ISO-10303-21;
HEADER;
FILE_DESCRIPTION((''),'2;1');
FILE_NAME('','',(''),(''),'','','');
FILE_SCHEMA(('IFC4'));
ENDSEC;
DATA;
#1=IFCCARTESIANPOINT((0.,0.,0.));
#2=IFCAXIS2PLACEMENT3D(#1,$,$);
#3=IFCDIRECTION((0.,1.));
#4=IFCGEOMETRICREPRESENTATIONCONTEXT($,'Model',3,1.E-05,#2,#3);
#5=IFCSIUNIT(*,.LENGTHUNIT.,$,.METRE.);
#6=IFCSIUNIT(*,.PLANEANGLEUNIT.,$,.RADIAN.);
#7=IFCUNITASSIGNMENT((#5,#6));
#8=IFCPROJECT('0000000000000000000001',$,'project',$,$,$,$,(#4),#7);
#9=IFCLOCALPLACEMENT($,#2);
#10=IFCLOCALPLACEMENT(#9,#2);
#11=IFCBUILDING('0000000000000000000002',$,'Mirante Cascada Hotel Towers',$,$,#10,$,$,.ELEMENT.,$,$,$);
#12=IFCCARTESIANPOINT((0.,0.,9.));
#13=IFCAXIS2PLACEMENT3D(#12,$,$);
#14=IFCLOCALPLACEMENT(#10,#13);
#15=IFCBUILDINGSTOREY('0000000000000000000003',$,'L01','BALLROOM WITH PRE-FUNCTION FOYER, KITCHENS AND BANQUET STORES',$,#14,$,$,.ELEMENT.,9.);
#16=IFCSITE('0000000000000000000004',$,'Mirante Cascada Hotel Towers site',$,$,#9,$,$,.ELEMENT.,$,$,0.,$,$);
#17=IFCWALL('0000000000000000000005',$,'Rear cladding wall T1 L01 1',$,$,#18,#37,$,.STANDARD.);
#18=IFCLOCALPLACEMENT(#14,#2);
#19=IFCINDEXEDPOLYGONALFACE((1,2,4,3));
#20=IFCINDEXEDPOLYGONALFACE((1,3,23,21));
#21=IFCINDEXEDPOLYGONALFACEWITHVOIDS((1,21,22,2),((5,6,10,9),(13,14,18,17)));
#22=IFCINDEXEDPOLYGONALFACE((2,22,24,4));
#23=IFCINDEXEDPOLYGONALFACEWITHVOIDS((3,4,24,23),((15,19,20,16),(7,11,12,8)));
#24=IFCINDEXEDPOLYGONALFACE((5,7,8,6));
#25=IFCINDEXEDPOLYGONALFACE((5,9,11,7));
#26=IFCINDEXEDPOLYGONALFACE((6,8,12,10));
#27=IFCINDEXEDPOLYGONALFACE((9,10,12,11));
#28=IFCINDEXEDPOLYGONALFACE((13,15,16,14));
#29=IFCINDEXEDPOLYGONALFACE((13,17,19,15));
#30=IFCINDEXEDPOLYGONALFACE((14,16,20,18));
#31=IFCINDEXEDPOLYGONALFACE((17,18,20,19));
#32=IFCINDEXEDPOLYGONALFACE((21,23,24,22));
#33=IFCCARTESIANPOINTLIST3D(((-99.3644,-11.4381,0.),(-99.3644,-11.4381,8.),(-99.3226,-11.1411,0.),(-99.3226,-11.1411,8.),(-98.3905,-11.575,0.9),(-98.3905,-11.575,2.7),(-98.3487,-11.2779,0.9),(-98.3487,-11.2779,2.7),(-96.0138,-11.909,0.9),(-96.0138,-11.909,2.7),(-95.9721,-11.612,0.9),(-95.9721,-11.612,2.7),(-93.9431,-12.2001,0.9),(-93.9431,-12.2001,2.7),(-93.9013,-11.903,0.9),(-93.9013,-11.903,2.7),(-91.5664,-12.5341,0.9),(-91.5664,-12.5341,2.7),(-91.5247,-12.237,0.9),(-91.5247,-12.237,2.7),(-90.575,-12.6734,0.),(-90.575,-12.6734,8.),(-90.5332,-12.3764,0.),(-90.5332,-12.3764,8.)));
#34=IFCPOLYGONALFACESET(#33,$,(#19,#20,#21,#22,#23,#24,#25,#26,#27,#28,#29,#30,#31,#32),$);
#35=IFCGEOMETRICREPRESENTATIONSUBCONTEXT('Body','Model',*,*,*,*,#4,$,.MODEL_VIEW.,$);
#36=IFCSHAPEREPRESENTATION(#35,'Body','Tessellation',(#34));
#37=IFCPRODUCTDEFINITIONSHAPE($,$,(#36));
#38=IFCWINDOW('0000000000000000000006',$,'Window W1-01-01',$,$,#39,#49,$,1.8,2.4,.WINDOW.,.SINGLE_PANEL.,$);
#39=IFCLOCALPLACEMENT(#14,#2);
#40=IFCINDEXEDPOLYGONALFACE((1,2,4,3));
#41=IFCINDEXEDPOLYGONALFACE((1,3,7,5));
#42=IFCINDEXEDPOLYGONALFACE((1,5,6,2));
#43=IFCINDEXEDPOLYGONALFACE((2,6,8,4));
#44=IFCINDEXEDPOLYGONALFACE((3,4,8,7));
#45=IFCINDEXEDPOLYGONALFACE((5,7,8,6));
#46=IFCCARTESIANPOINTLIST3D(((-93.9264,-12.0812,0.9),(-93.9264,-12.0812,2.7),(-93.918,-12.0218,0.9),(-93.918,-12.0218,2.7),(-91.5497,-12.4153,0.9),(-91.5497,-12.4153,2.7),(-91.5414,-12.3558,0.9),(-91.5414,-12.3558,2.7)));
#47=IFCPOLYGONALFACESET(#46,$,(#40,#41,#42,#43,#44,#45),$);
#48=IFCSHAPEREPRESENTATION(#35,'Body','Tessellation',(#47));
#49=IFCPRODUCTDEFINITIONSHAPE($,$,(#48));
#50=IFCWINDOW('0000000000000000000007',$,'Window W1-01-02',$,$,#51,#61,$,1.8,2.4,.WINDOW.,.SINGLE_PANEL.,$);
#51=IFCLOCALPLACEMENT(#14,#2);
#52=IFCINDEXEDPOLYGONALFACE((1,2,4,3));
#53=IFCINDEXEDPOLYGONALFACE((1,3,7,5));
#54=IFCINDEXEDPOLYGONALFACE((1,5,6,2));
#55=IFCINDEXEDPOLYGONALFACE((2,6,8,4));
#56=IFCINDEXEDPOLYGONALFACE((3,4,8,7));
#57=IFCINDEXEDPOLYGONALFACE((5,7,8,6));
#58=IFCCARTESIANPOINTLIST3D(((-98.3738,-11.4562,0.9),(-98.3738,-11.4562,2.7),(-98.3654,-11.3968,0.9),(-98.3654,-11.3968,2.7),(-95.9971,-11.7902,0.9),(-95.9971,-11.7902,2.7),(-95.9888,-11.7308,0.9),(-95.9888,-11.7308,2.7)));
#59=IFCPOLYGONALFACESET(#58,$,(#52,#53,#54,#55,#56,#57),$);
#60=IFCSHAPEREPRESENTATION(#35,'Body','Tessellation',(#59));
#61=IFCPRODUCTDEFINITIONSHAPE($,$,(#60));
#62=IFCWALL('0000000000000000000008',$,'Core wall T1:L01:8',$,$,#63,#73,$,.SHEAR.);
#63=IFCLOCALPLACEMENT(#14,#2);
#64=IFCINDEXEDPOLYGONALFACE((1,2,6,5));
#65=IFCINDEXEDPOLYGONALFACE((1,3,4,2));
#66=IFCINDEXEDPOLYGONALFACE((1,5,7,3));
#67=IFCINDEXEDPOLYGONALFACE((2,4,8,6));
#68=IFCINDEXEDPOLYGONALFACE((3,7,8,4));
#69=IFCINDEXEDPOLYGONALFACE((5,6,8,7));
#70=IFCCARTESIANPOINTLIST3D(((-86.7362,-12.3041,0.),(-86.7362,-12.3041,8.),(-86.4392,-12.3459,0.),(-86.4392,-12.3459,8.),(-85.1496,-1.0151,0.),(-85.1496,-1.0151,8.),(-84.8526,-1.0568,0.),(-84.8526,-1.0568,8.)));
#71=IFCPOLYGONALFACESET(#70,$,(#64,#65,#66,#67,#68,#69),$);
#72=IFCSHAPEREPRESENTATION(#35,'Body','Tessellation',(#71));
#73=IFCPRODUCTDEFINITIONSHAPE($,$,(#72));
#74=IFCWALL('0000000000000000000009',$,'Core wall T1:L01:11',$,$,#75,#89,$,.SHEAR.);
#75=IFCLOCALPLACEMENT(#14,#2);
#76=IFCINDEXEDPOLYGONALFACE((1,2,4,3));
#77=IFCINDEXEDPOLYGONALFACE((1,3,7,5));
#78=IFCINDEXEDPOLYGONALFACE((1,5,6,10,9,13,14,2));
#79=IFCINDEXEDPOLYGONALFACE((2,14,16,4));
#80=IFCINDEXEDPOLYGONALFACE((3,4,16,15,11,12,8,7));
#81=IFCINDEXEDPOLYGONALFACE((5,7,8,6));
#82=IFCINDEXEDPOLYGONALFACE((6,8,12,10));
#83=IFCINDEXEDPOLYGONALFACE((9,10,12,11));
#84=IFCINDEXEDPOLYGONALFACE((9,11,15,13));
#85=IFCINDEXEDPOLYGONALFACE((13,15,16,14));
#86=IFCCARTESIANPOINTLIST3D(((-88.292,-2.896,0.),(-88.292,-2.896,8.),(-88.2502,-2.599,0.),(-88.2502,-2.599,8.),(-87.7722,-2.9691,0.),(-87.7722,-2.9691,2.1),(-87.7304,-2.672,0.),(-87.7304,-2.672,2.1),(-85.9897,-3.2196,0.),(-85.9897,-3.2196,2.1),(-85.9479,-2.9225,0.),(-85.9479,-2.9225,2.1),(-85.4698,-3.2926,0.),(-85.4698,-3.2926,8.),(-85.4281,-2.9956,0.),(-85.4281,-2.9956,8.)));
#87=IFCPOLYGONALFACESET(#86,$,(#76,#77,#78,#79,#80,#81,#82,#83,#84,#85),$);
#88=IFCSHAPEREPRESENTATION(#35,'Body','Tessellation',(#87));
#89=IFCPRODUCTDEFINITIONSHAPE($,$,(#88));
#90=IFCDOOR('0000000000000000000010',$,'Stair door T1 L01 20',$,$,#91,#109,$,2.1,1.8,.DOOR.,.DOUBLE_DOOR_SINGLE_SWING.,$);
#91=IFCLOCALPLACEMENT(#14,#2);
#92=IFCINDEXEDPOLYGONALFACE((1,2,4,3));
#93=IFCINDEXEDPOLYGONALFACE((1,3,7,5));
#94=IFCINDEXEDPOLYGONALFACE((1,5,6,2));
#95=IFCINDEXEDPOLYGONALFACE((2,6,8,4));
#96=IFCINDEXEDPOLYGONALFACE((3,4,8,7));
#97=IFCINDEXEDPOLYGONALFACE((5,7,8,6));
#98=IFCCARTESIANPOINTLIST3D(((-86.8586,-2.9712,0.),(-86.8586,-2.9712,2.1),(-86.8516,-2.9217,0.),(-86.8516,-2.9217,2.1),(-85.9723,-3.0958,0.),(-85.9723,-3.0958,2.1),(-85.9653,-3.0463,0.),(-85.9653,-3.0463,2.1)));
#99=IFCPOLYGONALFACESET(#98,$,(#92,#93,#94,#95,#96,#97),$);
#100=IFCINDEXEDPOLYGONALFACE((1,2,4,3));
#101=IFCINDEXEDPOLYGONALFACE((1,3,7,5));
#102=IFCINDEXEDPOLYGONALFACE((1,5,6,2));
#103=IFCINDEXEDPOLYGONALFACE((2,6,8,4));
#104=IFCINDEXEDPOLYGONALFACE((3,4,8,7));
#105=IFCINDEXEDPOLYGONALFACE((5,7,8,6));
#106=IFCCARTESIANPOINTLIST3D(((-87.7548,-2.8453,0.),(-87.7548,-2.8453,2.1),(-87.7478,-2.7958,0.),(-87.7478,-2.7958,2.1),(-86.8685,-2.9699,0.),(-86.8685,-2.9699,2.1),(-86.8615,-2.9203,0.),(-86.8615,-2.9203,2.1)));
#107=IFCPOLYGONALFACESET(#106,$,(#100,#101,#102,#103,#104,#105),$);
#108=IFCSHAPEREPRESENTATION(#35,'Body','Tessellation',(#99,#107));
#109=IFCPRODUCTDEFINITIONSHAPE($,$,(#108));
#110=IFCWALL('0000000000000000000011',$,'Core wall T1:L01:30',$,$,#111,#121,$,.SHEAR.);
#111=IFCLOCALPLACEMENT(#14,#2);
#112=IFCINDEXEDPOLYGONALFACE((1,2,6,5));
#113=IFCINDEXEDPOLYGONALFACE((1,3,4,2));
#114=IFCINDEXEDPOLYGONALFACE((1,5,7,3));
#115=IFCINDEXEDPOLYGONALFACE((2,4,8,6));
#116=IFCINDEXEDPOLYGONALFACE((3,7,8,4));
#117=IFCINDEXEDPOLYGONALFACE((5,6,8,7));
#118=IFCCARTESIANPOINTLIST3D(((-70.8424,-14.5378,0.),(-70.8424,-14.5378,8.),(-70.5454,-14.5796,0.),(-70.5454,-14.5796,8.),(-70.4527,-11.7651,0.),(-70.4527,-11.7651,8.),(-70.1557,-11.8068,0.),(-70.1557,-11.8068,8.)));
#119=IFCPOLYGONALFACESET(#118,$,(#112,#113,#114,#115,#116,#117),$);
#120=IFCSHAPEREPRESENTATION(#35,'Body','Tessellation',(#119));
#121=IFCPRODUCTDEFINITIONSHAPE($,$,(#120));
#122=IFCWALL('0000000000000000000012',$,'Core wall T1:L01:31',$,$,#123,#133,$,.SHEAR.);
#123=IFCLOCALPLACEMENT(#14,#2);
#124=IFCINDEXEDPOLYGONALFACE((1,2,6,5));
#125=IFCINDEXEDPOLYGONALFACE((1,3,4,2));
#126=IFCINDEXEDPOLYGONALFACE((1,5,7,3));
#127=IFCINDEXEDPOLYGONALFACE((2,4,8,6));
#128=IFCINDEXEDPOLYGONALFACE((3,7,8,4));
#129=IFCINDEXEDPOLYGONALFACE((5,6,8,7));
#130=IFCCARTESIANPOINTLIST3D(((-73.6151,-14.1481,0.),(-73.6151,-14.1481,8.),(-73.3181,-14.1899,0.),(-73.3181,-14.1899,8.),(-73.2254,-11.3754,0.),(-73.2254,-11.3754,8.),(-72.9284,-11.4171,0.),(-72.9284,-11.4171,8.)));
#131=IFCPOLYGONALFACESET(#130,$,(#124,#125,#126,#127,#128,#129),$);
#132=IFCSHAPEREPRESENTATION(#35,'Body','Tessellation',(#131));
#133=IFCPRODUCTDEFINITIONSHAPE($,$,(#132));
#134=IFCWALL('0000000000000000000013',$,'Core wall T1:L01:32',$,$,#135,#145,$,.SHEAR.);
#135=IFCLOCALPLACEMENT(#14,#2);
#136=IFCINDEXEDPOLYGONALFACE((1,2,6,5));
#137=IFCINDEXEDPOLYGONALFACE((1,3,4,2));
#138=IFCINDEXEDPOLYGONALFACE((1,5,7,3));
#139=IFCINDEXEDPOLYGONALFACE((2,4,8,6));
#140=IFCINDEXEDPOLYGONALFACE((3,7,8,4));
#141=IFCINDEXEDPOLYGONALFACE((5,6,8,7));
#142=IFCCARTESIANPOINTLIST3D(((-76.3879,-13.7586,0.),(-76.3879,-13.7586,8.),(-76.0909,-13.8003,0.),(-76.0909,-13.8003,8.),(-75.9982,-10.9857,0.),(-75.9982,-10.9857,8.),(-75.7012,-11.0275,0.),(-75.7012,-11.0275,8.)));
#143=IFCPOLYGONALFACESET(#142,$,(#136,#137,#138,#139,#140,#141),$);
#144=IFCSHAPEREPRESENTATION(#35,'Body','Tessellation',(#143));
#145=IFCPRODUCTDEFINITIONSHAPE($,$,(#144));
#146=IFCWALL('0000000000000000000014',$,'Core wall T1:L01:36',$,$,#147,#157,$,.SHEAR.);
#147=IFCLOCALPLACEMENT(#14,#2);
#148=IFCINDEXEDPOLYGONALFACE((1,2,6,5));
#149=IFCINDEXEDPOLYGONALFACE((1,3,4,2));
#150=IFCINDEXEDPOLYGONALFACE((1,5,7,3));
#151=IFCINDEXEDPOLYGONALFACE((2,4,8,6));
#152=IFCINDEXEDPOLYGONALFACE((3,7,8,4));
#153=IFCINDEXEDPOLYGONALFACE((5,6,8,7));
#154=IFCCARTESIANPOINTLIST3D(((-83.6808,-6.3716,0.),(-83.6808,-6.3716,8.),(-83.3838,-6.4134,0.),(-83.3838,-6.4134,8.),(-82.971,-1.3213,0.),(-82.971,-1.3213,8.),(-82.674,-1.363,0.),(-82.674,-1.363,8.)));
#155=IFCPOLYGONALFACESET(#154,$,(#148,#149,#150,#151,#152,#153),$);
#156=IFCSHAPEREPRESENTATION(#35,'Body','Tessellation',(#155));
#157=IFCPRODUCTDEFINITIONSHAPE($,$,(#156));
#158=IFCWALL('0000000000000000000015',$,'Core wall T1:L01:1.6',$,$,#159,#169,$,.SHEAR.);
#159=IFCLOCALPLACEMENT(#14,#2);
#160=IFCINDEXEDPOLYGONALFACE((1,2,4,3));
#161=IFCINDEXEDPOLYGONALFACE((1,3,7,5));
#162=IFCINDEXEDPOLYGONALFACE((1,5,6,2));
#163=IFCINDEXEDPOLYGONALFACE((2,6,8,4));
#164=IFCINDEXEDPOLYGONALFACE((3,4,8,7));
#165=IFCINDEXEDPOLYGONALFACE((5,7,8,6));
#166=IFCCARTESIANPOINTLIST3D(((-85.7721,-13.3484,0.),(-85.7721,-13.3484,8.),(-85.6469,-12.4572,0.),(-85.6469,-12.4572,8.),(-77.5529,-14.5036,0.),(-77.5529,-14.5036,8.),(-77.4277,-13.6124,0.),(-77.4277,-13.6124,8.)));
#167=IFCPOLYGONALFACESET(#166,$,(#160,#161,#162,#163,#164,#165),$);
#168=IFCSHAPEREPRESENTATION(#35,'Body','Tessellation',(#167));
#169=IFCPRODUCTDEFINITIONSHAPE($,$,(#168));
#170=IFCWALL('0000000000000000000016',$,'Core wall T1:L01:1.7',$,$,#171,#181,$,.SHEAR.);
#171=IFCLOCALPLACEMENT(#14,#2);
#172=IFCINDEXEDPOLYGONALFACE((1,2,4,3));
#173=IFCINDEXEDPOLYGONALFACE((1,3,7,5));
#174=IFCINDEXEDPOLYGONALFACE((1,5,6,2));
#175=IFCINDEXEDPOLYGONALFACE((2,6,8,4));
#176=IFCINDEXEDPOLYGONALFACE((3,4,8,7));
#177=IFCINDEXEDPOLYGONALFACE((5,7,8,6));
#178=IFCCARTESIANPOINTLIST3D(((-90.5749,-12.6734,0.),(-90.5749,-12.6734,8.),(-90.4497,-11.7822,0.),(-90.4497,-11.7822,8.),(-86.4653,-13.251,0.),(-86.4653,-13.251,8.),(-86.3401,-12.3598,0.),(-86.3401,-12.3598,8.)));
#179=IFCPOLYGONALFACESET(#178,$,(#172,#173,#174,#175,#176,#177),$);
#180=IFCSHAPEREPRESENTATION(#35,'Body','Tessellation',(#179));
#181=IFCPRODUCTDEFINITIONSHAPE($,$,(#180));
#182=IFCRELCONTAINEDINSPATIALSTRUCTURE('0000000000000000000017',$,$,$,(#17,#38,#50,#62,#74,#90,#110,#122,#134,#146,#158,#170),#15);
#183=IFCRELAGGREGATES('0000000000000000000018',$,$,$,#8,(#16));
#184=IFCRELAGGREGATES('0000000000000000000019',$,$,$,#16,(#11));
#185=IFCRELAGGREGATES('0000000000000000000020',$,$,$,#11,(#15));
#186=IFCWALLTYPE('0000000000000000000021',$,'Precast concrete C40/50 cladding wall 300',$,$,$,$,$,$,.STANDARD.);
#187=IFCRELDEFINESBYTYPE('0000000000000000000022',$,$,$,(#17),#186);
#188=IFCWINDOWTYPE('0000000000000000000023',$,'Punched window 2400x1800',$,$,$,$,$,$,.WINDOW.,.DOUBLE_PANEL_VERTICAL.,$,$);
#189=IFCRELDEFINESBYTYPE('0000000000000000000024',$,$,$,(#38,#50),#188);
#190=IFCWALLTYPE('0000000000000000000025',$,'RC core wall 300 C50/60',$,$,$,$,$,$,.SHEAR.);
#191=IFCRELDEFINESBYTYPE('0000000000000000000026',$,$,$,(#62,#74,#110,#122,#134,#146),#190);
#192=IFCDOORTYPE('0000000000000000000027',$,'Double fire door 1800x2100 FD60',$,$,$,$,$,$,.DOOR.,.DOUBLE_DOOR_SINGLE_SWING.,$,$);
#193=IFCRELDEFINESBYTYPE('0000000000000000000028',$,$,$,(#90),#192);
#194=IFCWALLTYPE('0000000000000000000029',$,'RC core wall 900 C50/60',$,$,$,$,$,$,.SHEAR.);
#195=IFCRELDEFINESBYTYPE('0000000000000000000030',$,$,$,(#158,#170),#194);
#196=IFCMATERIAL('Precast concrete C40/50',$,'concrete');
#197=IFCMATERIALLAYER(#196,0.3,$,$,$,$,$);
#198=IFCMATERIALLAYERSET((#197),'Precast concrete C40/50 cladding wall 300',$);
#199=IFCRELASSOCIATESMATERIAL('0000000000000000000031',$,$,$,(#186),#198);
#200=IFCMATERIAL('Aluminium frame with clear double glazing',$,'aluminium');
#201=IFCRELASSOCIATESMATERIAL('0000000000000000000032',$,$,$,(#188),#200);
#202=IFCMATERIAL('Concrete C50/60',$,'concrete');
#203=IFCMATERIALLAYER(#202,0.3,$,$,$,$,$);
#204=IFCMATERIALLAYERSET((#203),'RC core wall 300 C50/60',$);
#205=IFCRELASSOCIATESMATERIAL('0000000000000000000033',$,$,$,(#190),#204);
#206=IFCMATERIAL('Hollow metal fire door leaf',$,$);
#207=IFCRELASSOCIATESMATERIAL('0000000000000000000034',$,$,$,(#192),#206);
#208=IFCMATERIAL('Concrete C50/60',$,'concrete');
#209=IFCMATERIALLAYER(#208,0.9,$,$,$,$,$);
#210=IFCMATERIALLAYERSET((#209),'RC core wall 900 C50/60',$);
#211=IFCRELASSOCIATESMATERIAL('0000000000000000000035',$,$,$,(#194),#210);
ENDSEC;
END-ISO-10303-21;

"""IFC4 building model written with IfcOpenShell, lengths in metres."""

from ifc_helpers import new_model, si_unit, direction, frame, frame_2d, origin, place, context, subcontext, project, spatial, rectangle, extrude, material, layer, layer_set, type_object, element, fill, save


model = new_model("IFC4")

# Units and contexts
model_context = context("Model", 3, precision=1e-05, world=origin(), true_north=direction((0.0, 1.0)))
body_context = subcontext(model_context, "Body", "Model", "MODEL_VIEW")
ifc_project = project(units=[si_unit("LENGTHUNIT", "METRE"), si_unit("PLANEANGLEUNIT", "RADIAN")], contexts=[model_context])

# Site, building, storey
site_placement = place(None, origin())
site = spatial("IfcSite", under=ifc_project, at=site_placement, Name="Mirante Cascada Hotel Towers site", CompositionType="ELEMENT", RefElevation=0.0)
building_placement = place(site_placement, origin())
building = spatial("IfcBuilding", under=site, at=building_placement, Name="Mirante Cascada Hotel Towers", CompositionType="ELEMENT")
storey_placement = place(building_placement, frame((0.0, 0.0, 9.0)))
storey = spatial("IfcBuildingStorey", under=building, at=storey_placement, Name="L01", Description="BALLROOM WITH PRE-FUNCTION FOYER, KITCHENS AND BANQUET STORES", CompositionType="ELEMENT", Elevation=9.0)

# Wall, openings, windows
ifc_material_1 = material(Name="Precast concrete C40/50", Category="concrete")
ifc_layer_1 = layer(ifc_material_1, 0.3)
ifc_layer_set_1 = layer_set([ifc_layer_1], Name="Precast concrete C40/50 cladding wall 300")
wall_type_1 = type_object("IfcWallType", Name="Precast concrete C40/50 cladding wall 300", PredefinedType="STANDARD", material=ifc_layer_set_1)
wall_1_placement = place(storey_placement, frame((-90.5541, -12.5249, 0.0), z_axis=(0.0, 0.0, 1.0), x_axis=(-0.990268, 0.139177, 0.0)))
wall_1 = element("IfcWall", 1, at=wall_1_placement, inside=storey, type_object=wall_type_1, Name="Rear cladding wall T1 L01 1", PredefinedType="STANDARD", context=body_context, shape_type="SweptSolid", body=[
    extrude(rectangle(XDim=8.8758, YDim=0.3, at=frame_2d((4.4379, 0.0))), origin(), (0.0, 0.0, 1.0), 8.0),
])
opening_1_placement = place(wall_1_placement, frame((1.0012, 0.0, 0.9)))
opening_1 = element("IfcOpeningElement", 2, at=opening_1_placement, cuts=wall_1, PredefinedType="OPENING", context=body_context, shape_type="SweptSolid", body=[
    extrude(rectangle(XDim=2.4, YDim=1.8, at=frame_2d((1.2, 0.9))), frame((0.0, 0.15, 0.0), z_axis=(0.0, -1.0, 0.0), x_axis=(1.0, 0.0, 0.0)), (0.0, 0.0, 1.0), 0.3),
])
opening_2_placement = place(wall_1_placement, frame((5.4923, 0.0, 0.9)))
opening_2 = element("IfcOpeningElement", 3, at=opening_2_placement, cuts=wall_1, PredefinedType="OPENING", context=body_context, shape_type="SweptSolid", body=[
    extrude(rectangle(XDim=2.4, YDim=1.8, at=frame_2d((1.2, 0.9))), frame((0.0, 0.15, 0.0), z_axis=(0.0, -1.0, 0.0), x_axis=(1.0, 0.0, 0.0)), (0.0, 0.0, 1.0), 0.3),
])
ifc_material_2 = material(Name="Aluminium frame with clear double glazing", Category="aluminium")
window_type = type_object("IfcWindowType", Name="Punched window 2400x1800", PartitioningType="DOUBLE_PANEL_VERTICAL", PredefinedType="WINDOW", material=ifc_material_2)
window_1_placement = place(opening_1_placement, origin())
window_1 = element("IfcWindow", 4, at=window_1_placement, inside=storey, type_object=window_type, Name="Window W1-01-01", OverallHeight=1.8, OverallWidth=2.4, PartitioningType="SINGLE_PANEL", PredefinedType="WINDOW", context=body_context, shape_type="SweptSolid", body=[
    extrude(rectangle(XDim=2.4, YDim=1.8, at=frame_2d((1.2, 0.9))), frame((0.0, 0.03, 0.0), z_axis=(0.0, -1.0, 0.0), x_axis=(1.0, 0.0, 0.0)), (0.0, 0.0, 1.0), 0.06),
])
fill(opening_1, window_1)
window_2_placement = place(opening_2_placement, origin())
window_2 = element("IfcWindow", 5, at=window_2_placement, inside=storey, type_object=window_type, Name="Window W1-01-02", OverallHeight=1.8, OverallWidth=2.4, PartitioningType="SINGLE_PANEL", PredefinedType="WINDOW", context=body_context, shape_type="SweptSolid", body=[
    extrude(rectangle(XDim=2.4, YDim=1.8, at=frame_2d((1.2, 0.9))), frame((0.0, 0.03, 0.0), z_axis=(0.0, -1.0, 0.0), x_axis=(1.0, 0.0, 0.0)), (0.0, 0.0, 1.0), 0.06),
])
fill(opening_2, window_2)

# Wall
ifc_material_3 = material(Name="Concrete C50/60", Category="concrete")
ifc_layer_2 = layer(ifc_material_3, 0.3)
ifc_layer_set_2 = layer_set([ifc_layer_2], Name="RC core wall 300 C50/60")
wall_type_2 = type_object("IfcWallType", Name="RC core wall 300 C50/60", PredefinedType="SHEAR", material=ifc_layer_set_2)
wall_2_placement = place(storey_placement, frame((-86.5877, -12.325, 0.0), z_axis=(0.0, 0.0, 1.0), x_axis=(0.139175, 0.990268, 0.0)))
element("IfcWall", 6, at=wall_2_placement, inside=storey, type_object=wall_type_2, Name="Core wall T1:L01:8", PredefinedType="SHEAR", context=body_context, shape_type="SweptSolid", body=[
    extrude(rectangle(XDim=11.4, YDim=0.3, at=frame_2d((5.7, 0.0))), origin(), (0.0, 0.0, 1.0), 8.0),
])

# Wall, opening, door
wall_3_placement = place(storey_placement, frame((-85.4489, -3.1441, 0.0), z_axis=(0.0, 0.0, 1.0), x_axis=(-0.99027, 0.139161, 0.0)))
wall_3 = element("IfcWall", 7, at=wall_3_placement, inside=storey, type_object=wall_type_2, Name="Core wall T1:L01:11", PredefinedType="SHEAR", context=body_context, shape_type="SweptSolid", body=[
    extrude(rectangle(XDim=2.8499, YDim=0.3, at=frame_2d((1.425, 0.0))), origin(), (0.0, 0.0, 1.0), 8.0),
])
opening_3_placement = place(wall_3_placement, frame((0.525, 0.0, 0.0)))
opening_3 = element("IfcOpeningElement", 8, at=opening_3_placement, cuts=wall_3, PredefinedType="OPENING", context=body_context, shape_type="SweptSolid", body=[
    extrude(rectangle(XDim=1.8, YDim=2.1, at=frame_2d((0.9, 1.05))), frame((0.0, 0.15, 0.0), z_axis=(0.0, -1.0, 0.0), x_axis=(1.0, 0.0, 0.0)), (0.0, 0.0, 1.0), 0.3),
])
ifc_material_4 = material(Name="Hollow metal fire door leaf")
door_type_1 = type_object("IfcDoorType", Name="Double fire door 1800x2100 FD60", OperationType="DOUBLE_DOOR_SINGLE_SWING", PredefinedType="DOOR", material=ifc_material_4)
door_1_placement = place(opening_3_placement, origin())
door_1 = element("IfcDoor", 9, at=door_1_placement, inside=storey, type_object=door_type_1, Name="Stair door T1 L01 20", OperationType="DOUBLE_DOOR_SINGLE_SWING", OverallHeight=2.1, OverallWidth=1.8, PredefinedType="DOOR", context=body_context, shape_type="SweptSolid", body=[
    extrude(rectangle(XDim=0.895, YDim=2.1, at=frame_2d((0.4475, 1.05))), frame((0.0, 0.025, 0.0), z_axis=(0.0, -1.0, 0.0), x_axis=(1.0, 0.0, 0.0)), (0.0, 0.0, 1.0), 0.05),
    extrude(rectangle(XDim=0.895, YDim=2.1, at=frame_2d((1.3525, 1.05))), frame((0.0, 0.025, 0.0), z_axis=(0.0, -1.0, 0.0), x_axis=(1.0, 0.0, 0.0)), (0.0, 0.0, 1.0), 0.05),
])
fill(opening_3, door_1)

# Walls
for number, where, z_axis, x_axis, name in (
    (10, (-70.6939, -14.5587, 0.0), (0.0, 0.0, 1.0), (0.139181, 0.990267, 0.0), "Core wall T1:L01:30"),
    (11, (-73.4666, -14.169, 0.0), (0.0, 0.0, 1.0), (0.139181, 0.990267, 0.0), "Core wall T1:L01:31"),
):
    element("IfcWall", number, at=place(storey_placement, frame(where, z_axis=z_axis, x_axis=x_axis)), inside=storey, type_object=wall_type_2, Name=name, PredefinedType="SHEAR", context=body_context, shape_type="SweptSolid", body=[
        extrude(rectangle(XDim=2.8, YDim=0.3, at=frame_2d((1.4, 0.0))), origin(), (0.0, 0.0, 1.0), 8.0),
    ])
wall_4_placement = place(storey_placement, frame((-76.2394, -13.7794, 0.0), z_axis=(0.0, 0.0, 1.0), x_axis=(0.139176, 0.990268, 0.0)))
element("IfcWall", 12, at=wall_4_placement, inside=storey, type_object=wall_type_2, Name="Core wall T1:L01:32", PredefinedType="SHEAR", context=body_context, shape_type="SweptSolid", body=[
    extrude(rectangle(XDim=2.8001, YDim=0.3, at=frame_2d((1.4, 0.0))), origin(), (0.0, 0.0, 1.0), 8.0),
])
wall_5_placement = place(storey_placement, frame((-83.5323, -6.3925, 0.0), z_axis=(0.0, 0.0, 1.0), x_axis=(0.139176, 0.990268, 0.0)))
element("IfcWall", 13, at=wall_5_placement, inside=storey, type_object=wall_type_2, Name="Core wall T1:L01:36", PredefinedType="SHEAR", context=body_context, shape_type="SweptSolid", body=[
    extrude(rectangle(XDim=5.1, YDim=0.3, at=frame_2d((2.55, 0.0))), origin(), (0.0, 0.0, 1.0), 8.0),
])
ifc_material_5 = material(Name="Concrete C50/60", Category="concrete")
ifc_layer_3 = layer(ifc_material_5, 0.9)
ifc_layer_set_3 = layer_set([ifc_layer_3], Name="RC core wall 900 C50/60")
wall_type_3 = type_object("IfcWallType", Name="RC core wall 900 C50/60", PredefinedType="SHEAR", material=ifc_layer_set_3)
wall_6_placement = place(storey_placement, frame((-77.4903, -14.058, 0.0), z_axis=(0.0, 0.0, 1.0), x_axis=(-0.990267, 0.139181, 0.0)))
element("IfcWall", 14, at=wall_6_placement, inside=storey, type_object=wall_type_3, Name="Core wall T1:L01:1.6", PredefinedType="SHEAR", context=body_context, shape_type="SweptSolid", body=[
    extrude(rectangle(XDim=8.3, YDim=0.9, at=frame_2d((4.15, 0.0))), origin(), (0.0, 0.0, 1.0), 8.0),
])
wall_7_placement = place(storey_placement, frame((-86.4027, -12.8054, 0.0), z_axis=(0.0, 0.0, 1.0), x_axis=(-0.990267, 0.139181, 0.0)))
element("IfcWall", 15, at=wall_7_placement, inside=storey, type_object=wall_type_3, Name="Core wall T1:L01:1.7", PredefinedType="SHEAR", context=body_context, shape_type="SweptSolid", body=[
    extrude(rectangle(XDim=4.15, YDim=0.9, at=frame_2d((2.075, 0.0))), origin(), (0.0, 0.0, 1.0), 8.0),
])

save(model, "model.ifc")
